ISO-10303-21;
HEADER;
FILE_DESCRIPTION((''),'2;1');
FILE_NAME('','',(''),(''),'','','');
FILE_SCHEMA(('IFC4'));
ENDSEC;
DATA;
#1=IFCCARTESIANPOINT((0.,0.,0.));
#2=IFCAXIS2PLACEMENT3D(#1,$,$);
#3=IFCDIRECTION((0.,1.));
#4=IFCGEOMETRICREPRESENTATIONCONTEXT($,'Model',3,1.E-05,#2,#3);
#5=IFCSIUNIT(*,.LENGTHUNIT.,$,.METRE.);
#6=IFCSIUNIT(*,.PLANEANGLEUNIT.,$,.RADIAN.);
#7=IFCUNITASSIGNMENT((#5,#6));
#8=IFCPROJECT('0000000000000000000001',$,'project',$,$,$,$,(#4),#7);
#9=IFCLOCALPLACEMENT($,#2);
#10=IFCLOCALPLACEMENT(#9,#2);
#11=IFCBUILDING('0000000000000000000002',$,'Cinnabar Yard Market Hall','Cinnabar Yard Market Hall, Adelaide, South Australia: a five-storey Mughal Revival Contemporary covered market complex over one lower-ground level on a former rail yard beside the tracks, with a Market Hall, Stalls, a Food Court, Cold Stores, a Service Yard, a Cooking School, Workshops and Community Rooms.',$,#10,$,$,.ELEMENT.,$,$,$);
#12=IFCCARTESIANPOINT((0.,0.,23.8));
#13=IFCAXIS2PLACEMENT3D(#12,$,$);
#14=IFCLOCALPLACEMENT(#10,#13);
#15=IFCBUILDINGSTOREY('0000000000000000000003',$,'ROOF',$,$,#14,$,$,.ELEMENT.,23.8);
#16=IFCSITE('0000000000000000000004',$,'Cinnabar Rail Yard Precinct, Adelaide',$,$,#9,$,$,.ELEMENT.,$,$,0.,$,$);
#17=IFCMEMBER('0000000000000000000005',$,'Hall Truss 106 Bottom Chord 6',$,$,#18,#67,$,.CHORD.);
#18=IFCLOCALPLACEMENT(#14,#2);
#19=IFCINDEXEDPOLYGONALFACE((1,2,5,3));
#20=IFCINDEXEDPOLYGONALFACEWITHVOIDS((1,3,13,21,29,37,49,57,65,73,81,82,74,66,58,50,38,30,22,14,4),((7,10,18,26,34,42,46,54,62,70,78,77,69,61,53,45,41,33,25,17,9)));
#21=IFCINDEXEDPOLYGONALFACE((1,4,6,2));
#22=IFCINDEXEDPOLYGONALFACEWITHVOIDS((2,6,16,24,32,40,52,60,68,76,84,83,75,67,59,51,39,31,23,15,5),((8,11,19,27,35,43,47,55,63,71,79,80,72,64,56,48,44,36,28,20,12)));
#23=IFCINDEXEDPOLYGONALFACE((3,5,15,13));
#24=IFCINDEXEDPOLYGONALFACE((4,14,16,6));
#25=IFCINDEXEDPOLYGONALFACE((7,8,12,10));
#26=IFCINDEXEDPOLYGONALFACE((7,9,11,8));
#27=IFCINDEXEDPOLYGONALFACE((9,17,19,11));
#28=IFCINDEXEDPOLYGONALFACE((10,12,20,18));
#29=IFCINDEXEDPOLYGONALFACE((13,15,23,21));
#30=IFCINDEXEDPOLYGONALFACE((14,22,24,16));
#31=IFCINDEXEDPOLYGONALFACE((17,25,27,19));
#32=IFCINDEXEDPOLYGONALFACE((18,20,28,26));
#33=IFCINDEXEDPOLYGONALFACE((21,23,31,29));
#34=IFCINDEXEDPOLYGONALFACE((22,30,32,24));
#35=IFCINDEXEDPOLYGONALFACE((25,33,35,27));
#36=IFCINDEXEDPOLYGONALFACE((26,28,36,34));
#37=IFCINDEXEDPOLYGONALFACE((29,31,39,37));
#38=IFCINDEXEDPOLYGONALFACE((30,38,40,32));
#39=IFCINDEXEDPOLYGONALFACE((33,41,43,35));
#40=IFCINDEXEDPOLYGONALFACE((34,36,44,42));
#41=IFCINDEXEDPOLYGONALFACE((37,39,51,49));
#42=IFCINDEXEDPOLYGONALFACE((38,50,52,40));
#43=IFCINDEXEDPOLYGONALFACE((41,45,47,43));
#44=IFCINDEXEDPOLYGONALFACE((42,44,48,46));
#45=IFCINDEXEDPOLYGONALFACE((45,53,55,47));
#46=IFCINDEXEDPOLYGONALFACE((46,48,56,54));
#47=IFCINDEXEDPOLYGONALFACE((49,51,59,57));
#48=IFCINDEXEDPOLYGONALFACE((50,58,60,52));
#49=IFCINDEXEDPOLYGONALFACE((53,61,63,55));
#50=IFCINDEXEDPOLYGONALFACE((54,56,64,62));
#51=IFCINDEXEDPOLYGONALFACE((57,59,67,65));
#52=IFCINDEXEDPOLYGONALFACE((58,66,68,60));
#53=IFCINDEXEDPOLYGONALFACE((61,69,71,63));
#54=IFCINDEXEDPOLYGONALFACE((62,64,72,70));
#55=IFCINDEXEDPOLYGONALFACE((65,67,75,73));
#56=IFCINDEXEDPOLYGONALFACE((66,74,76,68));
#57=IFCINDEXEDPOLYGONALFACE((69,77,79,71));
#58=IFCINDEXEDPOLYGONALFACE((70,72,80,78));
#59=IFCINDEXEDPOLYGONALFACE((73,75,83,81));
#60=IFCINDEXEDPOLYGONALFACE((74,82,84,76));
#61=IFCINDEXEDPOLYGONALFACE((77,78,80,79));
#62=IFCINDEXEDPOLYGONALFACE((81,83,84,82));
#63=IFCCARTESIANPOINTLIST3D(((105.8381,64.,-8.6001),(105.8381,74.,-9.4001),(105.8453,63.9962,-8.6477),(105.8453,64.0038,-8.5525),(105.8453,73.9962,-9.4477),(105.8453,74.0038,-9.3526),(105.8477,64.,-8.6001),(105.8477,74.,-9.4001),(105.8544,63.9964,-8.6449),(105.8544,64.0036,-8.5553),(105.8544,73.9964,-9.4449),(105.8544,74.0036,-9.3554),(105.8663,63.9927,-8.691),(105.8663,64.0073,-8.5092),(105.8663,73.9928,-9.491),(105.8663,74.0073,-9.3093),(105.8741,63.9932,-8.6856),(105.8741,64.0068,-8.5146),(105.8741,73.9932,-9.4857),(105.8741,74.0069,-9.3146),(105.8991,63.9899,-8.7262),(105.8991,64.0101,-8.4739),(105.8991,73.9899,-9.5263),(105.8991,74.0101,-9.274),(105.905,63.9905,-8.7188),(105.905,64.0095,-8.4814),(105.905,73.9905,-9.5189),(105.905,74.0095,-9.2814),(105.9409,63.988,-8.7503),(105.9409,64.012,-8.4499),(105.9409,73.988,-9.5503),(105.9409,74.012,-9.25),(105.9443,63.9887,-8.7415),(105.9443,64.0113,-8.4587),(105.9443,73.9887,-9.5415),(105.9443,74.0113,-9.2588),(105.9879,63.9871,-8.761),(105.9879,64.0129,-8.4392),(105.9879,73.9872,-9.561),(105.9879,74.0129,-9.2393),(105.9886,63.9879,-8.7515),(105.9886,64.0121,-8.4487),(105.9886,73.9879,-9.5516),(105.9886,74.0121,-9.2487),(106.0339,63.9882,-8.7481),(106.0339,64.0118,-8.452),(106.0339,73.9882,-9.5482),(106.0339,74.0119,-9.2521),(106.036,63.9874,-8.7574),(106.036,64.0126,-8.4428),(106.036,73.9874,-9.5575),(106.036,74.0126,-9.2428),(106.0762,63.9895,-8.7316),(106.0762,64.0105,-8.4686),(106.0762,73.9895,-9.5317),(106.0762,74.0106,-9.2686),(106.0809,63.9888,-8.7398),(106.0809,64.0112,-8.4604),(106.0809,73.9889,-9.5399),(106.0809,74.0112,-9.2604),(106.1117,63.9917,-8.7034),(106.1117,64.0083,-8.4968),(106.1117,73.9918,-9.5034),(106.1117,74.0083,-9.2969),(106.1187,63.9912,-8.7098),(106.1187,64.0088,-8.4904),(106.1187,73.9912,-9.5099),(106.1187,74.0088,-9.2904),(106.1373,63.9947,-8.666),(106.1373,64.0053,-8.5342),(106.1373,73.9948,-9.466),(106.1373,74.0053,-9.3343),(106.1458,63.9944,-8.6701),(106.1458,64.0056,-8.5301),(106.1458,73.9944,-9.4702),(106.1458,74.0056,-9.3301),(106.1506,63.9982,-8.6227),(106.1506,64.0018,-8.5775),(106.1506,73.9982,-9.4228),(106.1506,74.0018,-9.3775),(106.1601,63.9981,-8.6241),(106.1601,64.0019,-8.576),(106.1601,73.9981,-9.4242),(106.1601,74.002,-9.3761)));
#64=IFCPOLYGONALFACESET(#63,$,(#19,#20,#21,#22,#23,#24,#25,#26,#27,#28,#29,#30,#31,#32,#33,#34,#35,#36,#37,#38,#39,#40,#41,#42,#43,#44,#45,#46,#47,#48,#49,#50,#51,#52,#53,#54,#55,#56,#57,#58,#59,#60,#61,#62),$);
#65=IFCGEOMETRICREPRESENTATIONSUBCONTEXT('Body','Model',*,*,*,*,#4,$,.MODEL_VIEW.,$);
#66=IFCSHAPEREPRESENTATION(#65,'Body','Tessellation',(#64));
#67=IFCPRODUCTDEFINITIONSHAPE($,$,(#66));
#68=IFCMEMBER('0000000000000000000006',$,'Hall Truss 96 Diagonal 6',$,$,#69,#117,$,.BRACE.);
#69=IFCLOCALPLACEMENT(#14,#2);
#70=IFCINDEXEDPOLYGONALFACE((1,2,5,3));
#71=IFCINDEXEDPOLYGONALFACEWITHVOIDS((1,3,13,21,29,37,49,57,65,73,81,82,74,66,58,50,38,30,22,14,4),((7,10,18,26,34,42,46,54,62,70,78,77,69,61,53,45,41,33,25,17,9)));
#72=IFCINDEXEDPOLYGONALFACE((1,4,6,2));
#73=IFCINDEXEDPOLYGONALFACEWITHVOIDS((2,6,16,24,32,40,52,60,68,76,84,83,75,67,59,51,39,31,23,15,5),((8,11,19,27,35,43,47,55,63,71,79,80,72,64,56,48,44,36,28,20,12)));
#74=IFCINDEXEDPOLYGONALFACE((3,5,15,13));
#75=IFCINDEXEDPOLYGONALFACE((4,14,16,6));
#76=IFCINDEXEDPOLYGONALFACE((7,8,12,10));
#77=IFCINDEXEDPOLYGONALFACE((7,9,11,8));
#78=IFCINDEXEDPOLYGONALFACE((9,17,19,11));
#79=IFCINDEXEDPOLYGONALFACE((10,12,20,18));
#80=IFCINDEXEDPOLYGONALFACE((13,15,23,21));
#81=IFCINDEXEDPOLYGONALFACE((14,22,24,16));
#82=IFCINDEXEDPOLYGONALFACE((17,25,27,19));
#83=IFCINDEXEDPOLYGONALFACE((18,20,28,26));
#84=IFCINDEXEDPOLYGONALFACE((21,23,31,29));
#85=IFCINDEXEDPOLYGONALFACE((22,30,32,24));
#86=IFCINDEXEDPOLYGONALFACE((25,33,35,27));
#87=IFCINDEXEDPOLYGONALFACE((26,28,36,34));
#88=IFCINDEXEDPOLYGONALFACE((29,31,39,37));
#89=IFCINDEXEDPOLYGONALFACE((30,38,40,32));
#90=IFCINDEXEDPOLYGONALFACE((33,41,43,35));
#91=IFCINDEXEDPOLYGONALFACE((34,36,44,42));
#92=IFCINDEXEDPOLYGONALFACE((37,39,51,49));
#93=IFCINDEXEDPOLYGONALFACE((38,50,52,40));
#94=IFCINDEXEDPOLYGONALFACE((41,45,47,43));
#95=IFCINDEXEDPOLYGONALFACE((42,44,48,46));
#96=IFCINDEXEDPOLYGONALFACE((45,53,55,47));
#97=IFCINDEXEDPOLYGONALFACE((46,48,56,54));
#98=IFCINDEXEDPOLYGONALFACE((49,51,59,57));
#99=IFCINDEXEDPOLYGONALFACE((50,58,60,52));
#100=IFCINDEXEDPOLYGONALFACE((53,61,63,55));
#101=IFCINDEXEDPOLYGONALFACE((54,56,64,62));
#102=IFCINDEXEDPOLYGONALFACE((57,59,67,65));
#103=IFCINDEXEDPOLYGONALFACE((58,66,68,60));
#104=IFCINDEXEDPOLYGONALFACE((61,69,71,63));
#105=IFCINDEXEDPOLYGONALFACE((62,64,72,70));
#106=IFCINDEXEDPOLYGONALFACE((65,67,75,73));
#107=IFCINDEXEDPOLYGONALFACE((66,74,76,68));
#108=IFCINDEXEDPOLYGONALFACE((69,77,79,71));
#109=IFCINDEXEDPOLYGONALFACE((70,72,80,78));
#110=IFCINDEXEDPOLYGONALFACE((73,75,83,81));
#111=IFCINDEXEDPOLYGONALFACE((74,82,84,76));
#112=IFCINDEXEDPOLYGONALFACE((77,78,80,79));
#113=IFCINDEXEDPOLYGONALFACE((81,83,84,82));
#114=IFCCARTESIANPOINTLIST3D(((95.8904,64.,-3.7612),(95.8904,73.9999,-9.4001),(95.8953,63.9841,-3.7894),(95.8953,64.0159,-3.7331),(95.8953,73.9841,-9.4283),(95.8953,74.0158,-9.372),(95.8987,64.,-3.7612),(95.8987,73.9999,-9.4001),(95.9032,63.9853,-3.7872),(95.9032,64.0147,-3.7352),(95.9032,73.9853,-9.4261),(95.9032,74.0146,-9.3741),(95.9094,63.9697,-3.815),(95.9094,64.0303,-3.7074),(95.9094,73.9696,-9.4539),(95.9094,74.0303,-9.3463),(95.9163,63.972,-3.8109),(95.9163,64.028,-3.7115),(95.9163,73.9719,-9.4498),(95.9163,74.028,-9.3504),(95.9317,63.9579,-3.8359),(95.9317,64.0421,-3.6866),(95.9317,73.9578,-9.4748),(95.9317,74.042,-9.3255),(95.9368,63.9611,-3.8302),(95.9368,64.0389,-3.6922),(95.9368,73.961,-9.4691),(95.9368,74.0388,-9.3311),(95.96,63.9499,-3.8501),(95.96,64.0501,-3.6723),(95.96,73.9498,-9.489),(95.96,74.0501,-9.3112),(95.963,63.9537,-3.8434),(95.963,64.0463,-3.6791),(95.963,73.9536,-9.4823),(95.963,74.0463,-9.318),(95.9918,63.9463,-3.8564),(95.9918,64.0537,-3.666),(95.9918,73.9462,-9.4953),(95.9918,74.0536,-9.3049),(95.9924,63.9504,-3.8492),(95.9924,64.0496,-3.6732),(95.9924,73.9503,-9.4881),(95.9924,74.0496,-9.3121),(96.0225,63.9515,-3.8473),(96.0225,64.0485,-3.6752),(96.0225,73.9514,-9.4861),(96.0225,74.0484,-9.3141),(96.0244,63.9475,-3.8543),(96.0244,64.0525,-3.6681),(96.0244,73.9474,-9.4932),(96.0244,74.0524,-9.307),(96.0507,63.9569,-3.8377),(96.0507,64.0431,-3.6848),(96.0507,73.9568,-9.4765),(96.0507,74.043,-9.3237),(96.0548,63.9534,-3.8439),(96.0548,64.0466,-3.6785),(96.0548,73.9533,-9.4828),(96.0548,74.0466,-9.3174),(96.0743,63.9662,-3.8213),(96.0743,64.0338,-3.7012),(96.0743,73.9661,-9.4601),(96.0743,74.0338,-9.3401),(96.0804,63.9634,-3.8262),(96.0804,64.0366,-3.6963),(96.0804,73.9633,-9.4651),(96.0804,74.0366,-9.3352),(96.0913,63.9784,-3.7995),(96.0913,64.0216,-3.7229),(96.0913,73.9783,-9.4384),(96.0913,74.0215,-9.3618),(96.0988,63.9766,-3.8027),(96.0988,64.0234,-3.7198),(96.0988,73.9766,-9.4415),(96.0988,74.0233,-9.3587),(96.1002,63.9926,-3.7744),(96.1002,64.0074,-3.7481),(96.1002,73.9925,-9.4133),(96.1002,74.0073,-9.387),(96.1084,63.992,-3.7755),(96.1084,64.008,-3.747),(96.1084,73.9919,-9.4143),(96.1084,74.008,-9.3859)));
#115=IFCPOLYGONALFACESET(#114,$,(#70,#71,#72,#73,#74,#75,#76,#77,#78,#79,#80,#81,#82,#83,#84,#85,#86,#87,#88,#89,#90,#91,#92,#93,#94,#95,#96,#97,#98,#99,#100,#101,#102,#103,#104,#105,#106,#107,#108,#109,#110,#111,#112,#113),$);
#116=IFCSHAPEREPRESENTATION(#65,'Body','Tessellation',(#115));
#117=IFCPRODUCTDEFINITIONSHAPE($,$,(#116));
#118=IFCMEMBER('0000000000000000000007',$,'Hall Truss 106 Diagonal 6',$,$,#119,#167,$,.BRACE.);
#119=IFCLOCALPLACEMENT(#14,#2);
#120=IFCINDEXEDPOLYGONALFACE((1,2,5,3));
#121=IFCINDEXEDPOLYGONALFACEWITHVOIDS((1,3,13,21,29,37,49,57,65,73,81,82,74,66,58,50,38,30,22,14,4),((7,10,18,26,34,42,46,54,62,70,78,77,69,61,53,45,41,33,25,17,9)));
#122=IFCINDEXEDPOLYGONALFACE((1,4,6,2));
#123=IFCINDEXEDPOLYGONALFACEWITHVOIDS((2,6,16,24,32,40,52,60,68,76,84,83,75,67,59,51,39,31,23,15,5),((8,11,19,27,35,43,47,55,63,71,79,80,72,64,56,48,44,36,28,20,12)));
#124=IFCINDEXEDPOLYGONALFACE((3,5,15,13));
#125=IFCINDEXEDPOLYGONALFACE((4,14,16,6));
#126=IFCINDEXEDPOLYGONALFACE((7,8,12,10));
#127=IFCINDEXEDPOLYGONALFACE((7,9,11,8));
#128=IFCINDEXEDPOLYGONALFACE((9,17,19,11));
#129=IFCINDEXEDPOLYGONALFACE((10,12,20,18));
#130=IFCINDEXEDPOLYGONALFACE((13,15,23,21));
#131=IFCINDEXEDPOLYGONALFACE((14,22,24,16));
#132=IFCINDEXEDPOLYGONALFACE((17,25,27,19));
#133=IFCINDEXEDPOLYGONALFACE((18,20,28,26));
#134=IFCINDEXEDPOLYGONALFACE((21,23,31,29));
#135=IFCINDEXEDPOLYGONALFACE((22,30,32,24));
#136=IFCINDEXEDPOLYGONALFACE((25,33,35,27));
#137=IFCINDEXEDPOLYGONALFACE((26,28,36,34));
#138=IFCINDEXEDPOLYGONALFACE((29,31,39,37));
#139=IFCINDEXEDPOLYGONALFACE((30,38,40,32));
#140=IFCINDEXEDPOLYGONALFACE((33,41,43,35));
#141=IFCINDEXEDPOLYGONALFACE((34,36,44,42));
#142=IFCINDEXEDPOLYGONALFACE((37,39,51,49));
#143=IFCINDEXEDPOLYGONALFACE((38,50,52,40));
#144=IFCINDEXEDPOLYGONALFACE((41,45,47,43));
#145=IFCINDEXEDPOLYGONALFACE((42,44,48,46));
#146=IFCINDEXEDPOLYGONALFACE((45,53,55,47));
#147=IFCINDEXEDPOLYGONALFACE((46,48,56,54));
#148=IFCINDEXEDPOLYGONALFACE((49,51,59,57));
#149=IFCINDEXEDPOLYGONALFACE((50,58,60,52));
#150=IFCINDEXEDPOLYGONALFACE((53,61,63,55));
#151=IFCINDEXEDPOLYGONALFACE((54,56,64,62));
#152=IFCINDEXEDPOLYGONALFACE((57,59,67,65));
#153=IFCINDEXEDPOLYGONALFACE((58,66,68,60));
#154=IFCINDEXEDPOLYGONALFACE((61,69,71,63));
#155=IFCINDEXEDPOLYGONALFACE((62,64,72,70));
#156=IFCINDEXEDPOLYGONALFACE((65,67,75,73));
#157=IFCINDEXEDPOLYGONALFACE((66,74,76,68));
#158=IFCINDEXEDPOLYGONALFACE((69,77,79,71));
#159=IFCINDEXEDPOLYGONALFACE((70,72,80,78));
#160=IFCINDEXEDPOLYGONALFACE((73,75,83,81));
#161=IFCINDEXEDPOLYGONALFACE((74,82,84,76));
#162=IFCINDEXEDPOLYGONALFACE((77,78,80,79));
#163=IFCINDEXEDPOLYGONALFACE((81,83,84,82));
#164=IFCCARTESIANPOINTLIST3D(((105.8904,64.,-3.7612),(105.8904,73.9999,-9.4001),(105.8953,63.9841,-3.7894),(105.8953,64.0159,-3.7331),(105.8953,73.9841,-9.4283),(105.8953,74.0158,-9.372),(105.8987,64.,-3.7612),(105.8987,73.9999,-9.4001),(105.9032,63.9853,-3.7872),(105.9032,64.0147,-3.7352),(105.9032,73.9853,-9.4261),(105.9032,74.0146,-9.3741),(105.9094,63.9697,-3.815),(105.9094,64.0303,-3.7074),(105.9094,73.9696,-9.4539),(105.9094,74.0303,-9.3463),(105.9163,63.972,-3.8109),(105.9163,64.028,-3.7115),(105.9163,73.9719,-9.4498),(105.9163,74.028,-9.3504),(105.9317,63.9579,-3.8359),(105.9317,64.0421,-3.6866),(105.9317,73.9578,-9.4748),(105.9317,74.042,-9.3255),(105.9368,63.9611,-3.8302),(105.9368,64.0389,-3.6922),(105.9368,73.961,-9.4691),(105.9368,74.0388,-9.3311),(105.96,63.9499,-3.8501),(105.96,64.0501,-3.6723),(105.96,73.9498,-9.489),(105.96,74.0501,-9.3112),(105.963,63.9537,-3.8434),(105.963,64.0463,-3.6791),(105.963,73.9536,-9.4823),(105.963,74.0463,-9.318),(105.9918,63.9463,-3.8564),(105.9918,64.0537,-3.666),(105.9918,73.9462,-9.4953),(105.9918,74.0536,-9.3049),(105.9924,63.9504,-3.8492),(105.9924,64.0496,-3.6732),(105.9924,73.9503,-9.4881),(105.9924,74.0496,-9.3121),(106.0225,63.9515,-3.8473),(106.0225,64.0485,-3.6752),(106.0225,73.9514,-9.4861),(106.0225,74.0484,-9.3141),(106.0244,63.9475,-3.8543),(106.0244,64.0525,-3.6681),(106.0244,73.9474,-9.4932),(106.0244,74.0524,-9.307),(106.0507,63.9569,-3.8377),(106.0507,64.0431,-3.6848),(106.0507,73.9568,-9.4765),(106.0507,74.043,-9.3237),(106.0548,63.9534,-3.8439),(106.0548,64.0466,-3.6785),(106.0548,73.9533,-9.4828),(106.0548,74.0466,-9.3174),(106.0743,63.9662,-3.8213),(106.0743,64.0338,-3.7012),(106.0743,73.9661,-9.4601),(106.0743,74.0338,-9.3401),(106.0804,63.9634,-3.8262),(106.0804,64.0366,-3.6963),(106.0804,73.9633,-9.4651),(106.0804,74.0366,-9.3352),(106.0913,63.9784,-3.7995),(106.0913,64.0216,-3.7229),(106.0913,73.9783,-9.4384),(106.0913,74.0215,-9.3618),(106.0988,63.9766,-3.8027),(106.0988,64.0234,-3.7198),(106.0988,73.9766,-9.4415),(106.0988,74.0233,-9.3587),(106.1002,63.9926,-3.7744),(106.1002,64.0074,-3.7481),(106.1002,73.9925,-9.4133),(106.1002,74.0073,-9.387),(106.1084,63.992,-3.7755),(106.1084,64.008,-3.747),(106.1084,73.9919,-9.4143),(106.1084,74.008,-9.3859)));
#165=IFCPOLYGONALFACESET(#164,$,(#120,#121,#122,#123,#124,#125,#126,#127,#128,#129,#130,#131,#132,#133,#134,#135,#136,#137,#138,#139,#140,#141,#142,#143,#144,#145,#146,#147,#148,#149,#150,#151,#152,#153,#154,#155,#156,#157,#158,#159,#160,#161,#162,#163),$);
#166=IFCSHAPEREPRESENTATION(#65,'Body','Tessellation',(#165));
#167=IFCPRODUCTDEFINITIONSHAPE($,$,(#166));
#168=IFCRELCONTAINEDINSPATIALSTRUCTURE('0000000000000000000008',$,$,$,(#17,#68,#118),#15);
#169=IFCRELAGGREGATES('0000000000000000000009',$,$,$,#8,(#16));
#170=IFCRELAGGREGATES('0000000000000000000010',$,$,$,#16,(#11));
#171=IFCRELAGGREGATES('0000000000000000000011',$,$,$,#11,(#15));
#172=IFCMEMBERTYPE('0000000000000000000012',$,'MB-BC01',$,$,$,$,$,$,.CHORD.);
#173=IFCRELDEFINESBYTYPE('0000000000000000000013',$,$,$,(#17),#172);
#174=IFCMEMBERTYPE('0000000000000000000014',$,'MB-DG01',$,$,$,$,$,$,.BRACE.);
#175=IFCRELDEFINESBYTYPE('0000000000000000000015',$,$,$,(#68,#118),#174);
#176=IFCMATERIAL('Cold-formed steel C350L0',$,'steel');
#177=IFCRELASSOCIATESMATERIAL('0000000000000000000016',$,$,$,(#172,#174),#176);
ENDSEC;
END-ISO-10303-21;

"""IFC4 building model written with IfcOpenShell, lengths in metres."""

from ifc_helpers import new_model, si_unit, direction, frame, origin, origin_2d_with_axis, place, context, subcontext, project, spatial, hollow_circle, extrude, material, material_profile, profile_set, type_object, element, save


model = new_model("IFC4")

# Units and contexts
model_context = context("Model", 3, precision=1e-05, world=origin(), true_north=direction((0.0, 1.0)))
body_context = subcontext(model_context, "Body", "Model", "MODEL_VIEW")
ifc_project = project(units=[si_unit("LENGTHUNIT", "METRE"), si_unit("PLANEANGLEUNIT", "RADIAN")], contexts=[model_context])

# Site, building, storey
site_placement = place(None, origin())
site = spatial("IfcSite", under=ifc_project, at=site_placement, Name="Cinnabar Rail Yard Precinct, Adelaide", CompositionType="ELEMENT", RefElevation=0.0)
building_placement = place(site_placement, origin())
building = spatial("IfcBuilding", under=site, at=building_placement, Name="Cinnabar Yard Market Hall", Description="Cinnabar Yard Market Hall, Adelaide, South Australia: a five-storey Mughal Revival Contemporary covered market complex over one lower-ground level on a former rail yard beside the tracks, with a Market Hall, Stalls, a Food Court, Cold Stores, a Service Yard, a Cooking School, Workshops and Community Rooms.", CompositionType="ELEMENT")
storey_placement = place(building_placement, frame((0.0, 0.0, 23.8)))
storey = spatial("IfcBuildingStorey", under=building, at=storey_placement, Name="ROOF", CompositionType="ELEMENT", Elevation=23.8)

# Members
ifc_material_1 = material(Name="Cold-formed steel C350L0", Category="steel")
ifc_material_profile_1 = material_profile(ifc_material_1, hollow_circle(Radius=0.1619, WallThickness=0.0095, at=origin_2d_with_axis()), Name="323.9x9.5CHS")
ifc_profile_set_1 = profile_set([ifc_material_profile_1], Name="Cold-formed steel C350L0")
member_type_1 = type_object("IfcMemberType", Name="MB-BC01", PredefinedType="CHORD", material=ifc_profile_set_1)
for number, where, z_axis, x_axis, name in (
    (1, (106.0, 64.0, -8.6001), (0.0, 0.996815, -0.07975), (-1.0, 0.0, 0.0), "Hall Truss 106 Bottom Chord 6"),
):
    element("IfcMember", number, at=place(storey_placement, frame(where, z_axis=z_axis, x_axis=x_axis)), inside=storey, type_object=member_type_1, Name=name, PredefinedType="CHORD", context=body_context, shape_type="SweptSolid", body=[
        extrude(hollow_circle(Radius=0.1619, WallThickness=0.0095, at=origin_2d_with_axis()), origin(), (0.0, 0.0, 1.0), 10.032),
    ])
ifc_material_profile_2 = material_profile(ifc_material_1, hollow_circle(Radius=0.1096, WallThickness=0.0083, at=origin_2d_with_axis()), Name="219.1x8.2CHS")
ifc_profile_set_2 = profile_set([ifc_material_profile_2], Name="Cold-formed steel C350L0")
member_type_2 = type_object("IfcMemberType", Name="MB-DG01", PredefinedType="BRACE", material=ifc_profile_set_2)
for number, where, z_axis, x_axis, name in (
    (2, (96.0, 64.0, -3.7612), (0.0, 0.871057, -0.491182), (-1.0, 0.0, 0.0), "Hall Truss 96 Diagonal 6"),
    (3, (106.0, 64.0, -3.7612), (0.0, 0.871057, -0.491182), (-1.0, 0.0, 0.0), "Hall Truss 106 Diagonal 6"),
):
    element("IfcMember", number, at=place(storey_placement, frame(where, z_axis=z_axis, x_axis=x_axis)), inside=storey, type_object=member_type_2, Name=name, PredefinedType="BRACE", context=body_context, shape_type="SweptSolid", body=[
        extrude(hollow_circle(Radius=0.1096, WallThickness=0.0083, at=origin_2d_with_axis()), origin(), (0.0, 0.0, 1.0), 11.4802),
    ])

save(model, "model.ifc")
